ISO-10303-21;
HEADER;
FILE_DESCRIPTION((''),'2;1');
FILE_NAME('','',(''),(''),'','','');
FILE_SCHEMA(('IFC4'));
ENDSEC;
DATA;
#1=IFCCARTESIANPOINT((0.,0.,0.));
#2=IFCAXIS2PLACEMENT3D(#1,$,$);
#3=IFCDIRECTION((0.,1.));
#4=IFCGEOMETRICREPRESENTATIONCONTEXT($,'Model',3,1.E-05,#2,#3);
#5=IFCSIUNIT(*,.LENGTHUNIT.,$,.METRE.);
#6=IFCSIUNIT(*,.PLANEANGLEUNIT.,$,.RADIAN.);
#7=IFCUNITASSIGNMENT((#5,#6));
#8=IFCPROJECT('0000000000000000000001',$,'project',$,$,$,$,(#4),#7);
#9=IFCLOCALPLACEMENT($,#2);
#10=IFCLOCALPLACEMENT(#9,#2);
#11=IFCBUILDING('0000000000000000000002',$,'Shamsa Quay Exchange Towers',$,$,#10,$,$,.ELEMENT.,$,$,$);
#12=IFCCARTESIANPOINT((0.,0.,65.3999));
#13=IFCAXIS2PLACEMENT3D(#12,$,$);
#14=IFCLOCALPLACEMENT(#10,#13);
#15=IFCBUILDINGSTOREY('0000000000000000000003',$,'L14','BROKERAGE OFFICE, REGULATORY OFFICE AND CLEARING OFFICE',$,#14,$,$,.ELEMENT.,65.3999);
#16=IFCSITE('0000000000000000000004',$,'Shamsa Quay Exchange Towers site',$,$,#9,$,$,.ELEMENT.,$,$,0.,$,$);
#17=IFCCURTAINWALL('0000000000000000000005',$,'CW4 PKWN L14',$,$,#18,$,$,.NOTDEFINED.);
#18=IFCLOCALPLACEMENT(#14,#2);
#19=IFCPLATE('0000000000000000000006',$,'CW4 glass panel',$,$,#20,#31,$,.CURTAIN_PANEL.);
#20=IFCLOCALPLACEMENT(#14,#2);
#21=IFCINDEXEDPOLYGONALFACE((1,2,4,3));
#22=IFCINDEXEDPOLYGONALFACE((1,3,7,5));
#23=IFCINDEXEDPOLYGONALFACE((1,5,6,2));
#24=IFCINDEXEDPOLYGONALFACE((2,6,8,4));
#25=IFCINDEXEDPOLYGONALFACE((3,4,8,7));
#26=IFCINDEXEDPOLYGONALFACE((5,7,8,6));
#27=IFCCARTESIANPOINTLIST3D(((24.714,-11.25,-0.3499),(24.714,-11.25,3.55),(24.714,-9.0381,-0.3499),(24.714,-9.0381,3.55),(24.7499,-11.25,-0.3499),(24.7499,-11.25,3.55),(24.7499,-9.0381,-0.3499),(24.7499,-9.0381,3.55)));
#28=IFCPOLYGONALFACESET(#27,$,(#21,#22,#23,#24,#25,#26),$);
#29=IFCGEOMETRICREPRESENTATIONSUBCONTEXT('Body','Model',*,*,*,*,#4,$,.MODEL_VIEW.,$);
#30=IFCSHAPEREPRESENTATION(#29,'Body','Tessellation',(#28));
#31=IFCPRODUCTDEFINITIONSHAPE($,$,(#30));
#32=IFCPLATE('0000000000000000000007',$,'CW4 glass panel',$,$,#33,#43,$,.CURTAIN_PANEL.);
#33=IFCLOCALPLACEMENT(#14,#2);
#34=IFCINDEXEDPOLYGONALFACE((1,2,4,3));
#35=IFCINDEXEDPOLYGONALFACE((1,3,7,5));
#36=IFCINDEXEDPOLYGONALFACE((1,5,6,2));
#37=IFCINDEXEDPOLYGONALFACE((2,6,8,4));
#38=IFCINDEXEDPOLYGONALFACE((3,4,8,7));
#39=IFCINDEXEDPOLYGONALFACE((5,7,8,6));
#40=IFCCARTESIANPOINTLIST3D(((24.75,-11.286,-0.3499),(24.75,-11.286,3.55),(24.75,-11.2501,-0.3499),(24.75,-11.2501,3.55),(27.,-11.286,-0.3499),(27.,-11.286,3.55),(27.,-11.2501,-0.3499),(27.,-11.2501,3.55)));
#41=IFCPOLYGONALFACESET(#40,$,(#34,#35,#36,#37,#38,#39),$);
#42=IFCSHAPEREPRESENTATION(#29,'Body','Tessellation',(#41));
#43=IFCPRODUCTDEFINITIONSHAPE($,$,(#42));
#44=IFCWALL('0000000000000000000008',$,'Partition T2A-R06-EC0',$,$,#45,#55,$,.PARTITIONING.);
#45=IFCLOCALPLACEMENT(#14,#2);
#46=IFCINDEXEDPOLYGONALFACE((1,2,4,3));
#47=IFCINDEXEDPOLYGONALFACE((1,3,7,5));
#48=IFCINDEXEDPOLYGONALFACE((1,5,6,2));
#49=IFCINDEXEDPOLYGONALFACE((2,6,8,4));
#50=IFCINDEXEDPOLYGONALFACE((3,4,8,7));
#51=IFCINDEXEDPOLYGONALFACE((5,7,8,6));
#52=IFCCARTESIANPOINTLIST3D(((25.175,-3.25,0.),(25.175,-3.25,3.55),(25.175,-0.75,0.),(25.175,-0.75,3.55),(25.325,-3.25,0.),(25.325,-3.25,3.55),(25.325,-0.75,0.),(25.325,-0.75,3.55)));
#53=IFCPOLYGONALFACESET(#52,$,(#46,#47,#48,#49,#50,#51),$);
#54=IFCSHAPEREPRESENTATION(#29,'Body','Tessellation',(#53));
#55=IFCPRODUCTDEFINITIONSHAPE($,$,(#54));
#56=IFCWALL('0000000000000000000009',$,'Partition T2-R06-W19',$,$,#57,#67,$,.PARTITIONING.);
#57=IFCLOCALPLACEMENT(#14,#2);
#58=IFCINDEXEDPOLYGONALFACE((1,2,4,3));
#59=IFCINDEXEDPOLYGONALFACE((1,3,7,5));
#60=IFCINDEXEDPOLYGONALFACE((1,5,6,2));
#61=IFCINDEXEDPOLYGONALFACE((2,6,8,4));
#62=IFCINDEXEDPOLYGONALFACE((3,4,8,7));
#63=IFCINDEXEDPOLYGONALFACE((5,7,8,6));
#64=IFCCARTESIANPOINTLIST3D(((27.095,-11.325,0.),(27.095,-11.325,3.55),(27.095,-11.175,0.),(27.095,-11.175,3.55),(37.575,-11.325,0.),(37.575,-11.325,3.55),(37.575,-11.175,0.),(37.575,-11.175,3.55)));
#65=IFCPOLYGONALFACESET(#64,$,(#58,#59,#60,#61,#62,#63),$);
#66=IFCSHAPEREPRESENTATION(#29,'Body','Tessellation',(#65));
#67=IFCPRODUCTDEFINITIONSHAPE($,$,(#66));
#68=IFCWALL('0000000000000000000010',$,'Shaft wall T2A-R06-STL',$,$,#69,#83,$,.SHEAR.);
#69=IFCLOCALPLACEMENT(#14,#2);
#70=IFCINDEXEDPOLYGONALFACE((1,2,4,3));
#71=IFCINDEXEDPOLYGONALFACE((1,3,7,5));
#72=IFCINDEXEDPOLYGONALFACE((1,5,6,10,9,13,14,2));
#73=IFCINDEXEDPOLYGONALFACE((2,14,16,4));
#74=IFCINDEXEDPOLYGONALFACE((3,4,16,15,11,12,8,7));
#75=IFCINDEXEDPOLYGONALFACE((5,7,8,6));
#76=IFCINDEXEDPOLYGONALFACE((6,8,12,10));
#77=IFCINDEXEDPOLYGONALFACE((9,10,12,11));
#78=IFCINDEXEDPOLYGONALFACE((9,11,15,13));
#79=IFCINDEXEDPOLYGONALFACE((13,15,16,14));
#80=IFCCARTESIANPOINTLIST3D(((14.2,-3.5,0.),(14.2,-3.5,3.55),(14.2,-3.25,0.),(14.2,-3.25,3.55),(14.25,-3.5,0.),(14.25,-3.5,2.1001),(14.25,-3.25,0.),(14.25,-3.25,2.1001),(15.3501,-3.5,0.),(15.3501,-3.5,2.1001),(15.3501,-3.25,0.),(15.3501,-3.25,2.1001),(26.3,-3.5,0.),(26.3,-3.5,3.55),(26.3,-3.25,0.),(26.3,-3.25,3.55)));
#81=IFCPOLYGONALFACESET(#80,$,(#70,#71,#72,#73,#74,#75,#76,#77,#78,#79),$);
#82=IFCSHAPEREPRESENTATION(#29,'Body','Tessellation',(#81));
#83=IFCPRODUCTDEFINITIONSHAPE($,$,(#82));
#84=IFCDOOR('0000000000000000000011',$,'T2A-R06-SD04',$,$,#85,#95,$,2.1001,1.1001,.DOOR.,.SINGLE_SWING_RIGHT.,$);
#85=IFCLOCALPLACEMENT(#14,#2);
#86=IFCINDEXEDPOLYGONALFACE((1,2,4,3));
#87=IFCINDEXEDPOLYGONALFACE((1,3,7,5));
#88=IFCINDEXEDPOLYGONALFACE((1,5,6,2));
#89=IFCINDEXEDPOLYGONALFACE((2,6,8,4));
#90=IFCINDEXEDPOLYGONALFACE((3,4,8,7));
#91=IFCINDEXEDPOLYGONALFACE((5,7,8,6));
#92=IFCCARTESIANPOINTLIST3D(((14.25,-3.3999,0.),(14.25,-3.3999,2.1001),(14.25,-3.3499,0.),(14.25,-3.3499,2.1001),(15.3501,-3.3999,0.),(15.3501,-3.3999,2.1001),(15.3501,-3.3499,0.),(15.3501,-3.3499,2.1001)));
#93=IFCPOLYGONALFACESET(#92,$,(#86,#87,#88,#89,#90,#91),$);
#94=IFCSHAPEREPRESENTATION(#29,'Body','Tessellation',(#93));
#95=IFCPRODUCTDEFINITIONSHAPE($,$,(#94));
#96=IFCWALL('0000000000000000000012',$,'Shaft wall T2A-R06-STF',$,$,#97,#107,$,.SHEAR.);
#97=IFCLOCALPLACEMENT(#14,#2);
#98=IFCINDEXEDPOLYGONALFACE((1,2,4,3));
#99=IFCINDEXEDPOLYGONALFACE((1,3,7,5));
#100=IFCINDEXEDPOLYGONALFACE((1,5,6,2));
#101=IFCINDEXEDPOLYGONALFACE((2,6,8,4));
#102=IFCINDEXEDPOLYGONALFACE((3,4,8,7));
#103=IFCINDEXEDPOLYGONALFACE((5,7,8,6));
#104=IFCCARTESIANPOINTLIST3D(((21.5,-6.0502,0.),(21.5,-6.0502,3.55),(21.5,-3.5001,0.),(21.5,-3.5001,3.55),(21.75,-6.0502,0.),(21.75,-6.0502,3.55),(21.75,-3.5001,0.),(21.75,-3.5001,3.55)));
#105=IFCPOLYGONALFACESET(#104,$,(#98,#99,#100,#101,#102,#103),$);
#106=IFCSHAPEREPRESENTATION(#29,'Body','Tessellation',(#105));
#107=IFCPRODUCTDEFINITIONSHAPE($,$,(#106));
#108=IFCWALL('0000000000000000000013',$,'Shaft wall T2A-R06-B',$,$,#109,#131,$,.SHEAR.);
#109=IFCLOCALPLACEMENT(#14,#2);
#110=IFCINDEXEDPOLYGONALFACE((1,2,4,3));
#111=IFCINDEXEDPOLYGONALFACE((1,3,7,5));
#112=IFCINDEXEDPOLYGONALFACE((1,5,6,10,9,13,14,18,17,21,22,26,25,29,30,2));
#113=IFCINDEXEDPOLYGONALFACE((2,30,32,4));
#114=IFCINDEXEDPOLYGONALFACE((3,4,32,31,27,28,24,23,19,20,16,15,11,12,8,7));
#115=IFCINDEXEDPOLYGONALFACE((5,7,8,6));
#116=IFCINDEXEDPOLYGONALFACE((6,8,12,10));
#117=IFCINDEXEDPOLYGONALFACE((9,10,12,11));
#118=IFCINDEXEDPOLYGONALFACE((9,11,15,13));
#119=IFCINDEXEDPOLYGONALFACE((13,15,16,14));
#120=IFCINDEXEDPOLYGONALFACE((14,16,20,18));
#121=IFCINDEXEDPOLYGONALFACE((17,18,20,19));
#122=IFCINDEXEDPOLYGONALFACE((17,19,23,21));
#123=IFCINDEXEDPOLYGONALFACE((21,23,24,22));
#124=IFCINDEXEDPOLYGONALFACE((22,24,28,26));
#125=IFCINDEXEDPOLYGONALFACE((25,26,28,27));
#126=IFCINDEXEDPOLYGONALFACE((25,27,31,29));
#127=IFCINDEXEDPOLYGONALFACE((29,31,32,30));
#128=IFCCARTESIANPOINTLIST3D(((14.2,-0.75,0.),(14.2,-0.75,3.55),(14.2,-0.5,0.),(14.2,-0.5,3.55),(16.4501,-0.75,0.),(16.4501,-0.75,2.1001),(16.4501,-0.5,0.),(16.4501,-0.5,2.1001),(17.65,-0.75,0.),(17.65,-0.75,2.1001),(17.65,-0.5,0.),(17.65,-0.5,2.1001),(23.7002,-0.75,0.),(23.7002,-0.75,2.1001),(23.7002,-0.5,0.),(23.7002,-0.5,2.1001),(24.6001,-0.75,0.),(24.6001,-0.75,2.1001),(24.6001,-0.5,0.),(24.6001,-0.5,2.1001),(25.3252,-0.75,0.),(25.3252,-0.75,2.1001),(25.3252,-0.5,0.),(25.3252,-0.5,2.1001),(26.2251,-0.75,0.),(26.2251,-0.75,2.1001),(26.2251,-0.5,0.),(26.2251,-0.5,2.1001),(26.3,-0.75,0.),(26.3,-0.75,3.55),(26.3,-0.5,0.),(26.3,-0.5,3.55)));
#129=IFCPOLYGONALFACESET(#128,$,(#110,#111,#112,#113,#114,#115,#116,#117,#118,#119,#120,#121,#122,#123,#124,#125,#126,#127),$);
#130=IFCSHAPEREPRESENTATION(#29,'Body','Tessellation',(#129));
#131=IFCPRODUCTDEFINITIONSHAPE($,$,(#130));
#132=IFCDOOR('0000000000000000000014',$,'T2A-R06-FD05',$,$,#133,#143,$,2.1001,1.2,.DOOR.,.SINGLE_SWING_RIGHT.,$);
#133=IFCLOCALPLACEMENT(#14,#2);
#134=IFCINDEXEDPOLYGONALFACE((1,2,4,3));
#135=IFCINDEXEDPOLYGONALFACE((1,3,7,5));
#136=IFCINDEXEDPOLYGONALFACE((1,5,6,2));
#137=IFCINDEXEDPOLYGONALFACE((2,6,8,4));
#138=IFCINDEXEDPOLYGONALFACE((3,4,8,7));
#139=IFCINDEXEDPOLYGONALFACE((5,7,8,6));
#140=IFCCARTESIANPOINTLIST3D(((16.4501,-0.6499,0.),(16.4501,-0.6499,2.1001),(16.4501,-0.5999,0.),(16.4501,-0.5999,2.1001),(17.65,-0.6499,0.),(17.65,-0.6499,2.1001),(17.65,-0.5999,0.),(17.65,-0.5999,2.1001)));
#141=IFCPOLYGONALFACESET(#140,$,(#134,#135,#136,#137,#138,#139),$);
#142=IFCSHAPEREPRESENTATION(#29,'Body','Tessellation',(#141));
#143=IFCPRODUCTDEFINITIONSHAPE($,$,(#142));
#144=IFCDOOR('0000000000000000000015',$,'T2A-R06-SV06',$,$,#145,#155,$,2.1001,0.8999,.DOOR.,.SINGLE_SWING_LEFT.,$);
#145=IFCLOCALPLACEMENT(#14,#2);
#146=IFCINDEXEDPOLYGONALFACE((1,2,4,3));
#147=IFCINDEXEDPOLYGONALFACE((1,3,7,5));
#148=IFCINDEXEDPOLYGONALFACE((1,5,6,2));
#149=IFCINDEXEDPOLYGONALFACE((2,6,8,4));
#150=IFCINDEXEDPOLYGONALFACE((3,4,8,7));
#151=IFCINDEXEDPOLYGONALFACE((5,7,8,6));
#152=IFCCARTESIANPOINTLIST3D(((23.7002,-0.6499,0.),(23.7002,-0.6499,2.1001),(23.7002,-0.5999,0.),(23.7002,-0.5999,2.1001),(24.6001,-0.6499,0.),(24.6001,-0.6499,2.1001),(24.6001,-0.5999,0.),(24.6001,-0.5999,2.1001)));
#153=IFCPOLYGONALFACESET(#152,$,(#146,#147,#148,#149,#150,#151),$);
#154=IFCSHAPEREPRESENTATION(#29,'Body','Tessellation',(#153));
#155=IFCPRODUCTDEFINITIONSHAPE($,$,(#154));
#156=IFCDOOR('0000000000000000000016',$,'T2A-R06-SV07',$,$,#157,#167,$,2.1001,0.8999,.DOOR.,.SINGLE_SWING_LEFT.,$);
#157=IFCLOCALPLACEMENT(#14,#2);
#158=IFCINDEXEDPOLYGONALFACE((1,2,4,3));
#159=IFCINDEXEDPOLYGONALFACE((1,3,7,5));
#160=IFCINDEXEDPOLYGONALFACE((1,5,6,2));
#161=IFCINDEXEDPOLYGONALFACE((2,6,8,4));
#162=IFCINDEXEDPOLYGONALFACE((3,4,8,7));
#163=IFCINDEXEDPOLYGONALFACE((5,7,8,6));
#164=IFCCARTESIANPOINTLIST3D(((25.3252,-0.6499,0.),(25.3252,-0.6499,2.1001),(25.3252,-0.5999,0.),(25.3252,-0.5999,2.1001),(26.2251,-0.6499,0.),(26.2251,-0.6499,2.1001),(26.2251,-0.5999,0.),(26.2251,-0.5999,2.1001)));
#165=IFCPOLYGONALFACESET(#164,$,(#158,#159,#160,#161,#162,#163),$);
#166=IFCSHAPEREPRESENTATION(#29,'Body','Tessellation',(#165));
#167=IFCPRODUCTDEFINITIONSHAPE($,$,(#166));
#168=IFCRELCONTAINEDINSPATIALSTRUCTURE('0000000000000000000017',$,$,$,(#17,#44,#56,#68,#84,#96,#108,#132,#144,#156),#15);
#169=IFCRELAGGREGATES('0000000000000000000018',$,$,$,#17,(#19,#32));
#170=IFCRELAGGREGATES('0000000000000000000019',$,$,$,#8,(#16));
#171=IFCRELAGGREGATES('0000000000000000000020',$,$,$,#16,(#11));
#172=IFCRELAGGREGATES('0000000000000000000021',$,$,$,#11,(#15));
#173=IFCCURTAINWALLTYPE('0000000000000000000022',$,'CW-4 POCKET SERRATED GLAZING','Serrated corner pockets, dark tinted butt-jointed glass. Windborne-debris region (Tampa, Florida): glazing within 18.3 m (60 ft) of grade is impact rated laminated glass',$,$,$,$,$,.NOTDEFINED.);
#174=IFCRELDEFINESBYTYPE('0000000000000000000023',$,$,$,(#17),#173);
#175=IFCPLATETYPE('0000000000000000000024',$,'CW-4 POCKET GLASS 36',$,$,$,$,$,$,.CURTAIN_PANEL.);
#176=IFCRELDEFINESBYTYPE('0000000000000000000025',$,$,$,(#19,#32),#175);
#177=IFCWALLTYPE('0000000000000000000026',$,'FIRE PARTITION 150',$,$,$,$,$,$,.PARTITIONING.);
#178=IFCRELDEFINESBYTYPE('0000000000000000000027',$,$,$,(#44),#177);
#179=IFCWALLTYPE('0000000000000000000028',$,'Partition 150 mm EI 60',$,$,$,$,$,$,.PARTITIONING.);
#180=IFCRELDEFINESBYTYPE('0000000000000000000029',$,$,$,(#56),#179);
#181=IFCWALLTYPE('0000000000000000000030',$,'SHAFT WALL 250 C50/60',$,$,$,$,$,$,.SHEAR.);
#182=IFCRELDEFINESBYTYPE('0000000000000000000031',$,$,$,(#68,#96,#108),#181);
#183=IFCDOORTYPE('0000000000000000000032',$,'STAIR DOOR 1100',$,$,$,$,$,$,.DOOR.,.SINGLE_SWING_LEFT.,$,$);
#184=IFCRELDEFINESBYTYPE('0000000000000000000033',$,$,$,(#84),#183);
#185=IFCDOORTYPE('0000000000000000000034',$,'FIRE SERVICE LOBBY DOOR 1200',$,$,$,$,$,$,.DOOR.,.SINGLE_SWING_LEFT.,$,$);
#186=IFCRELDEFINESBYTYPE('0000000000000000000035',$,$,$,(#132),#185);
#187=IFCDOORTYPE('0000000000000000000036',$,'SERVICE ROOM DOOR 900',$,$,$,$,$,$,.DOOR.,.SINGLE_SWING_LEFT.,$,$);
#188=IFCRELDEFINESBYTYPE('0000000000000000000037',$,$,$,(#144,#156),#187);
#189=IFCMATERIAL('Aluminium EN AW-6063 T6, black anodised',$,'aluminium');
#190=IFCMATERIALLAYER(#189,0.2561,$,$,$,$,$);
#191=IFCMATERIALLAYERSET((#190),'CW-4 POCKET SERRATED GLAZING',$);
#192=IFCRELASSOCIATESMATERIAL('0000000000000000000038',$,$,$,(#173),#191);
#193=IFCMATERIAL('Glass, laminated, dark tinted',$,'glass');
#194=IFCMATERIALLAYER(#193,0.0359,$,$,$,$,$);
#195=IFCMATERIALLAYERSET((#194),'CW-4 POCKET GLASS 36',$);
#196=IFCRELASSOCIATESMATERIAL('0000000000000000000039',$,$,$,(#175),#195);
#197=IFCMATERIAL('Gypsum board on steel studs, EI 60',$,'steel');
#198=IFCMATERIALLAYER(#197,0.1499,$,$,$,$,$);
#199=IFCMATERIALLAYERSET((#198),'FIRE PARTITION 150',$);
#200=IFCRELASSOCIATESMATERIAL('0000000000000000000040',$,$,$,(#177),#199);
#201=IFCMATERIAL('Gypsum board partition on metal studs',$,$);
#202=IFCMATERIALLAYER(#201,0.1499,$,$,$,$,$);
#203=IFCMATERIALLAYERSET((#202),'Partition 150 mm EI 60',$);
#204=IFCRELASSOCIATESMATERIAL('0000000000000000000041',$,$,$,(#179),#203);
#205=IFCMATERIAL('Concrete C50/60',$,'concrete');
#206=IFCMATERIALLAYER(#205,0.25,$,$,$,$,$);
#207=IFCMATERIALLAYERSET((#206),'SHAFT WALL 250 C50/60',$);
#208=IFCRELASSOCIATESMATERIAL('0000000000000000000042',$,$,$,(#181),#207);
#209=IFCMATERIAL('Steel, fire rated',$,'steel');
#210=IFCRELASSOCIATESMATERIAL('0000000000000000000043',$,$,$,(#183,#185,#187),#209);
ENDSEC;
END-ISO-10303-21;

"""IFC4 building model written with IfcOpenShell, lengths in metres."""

from ifc_helpers import new_model, si_unit, direction, frame, frame_2d, origin, origin_2d, place, context, subcontext, project, spatial, rectangle, extrude, material, layer, layer_set, type_object, element, fill, aggregate, save


model = new_model("IFC4")

# Units and contexts
model_context = context("Model", 3, precision=1e-05, world=origin(), true_north=direction((0.0, 1.0)))
body_context = subcontext(model_context, "Body", "Model", "MODEL_VIEW")
ifc_project = project(units=[si_unit("LENGTHUNIT", "METRE"), si_unit("PLANEANGLEUNIT", "RADIAN")], contexts=[model_context])

# Site, building, storey
site_placement = place(None, origin())
site = spatial("IfcSite", under=ifc_project, at=site_placement, Name="Shamsa Quay Exchange Towers site", CompositionType="ELEMENT", RefElevation=0.0)
building_placement = place(site_placement, origin())
building = spatial("IfcBuilding", under=site, at=building_placement, Name="Shamsa Quay Exchange Towers", CompositionType="ELEMENT")
storey_placement = place(building_placement, frame((0.0, 0.0, 65.3999)))
storey = spatial("IfcBuildingStorey", under=building, at=storey_placement, Name="L14", Description="BROKERAGE OFFICE, REGULATORY OFFICE AND CLEARING OFFICE", CompositionType="ELEMENT", Elevation=65.3999)

# Shared definitions
ifc_material_1 = material(Name="Aluminium EN AW-6063 T6, black anodised", Category="aluminium")

# Shared definitions
ifc_material_2 = material(Name="Glass, laminated, dark tinted", Category="glass")

# Curtain wall, plates
ifc_layer_1 = layer(ifc_material_1, 0.2561)
ifc_layer_set_1 = layer_set([ifc_layer_1], Name="CW-4 POCKET SERRATED GLAZING")
curtain_wall_type_1 = type_object("IfcCurtainWallType", Name="CW-4 POCKET SERRATED GLAZING", Description="Serrated corner pockets, dark tinted butt-jointed glass. Windborne-debris region (Tampa, Florida): glazing within 18.3 m (60 ft) of grade is impact rated laminated glass", PredefinedType="NOTDEFINED", material=ifc_layer_set_1)
curtain_wall_1_placement = place(storey_placement, origin())
curtain_wall_1 = element("IfcCurtainWall", 1, at=curtain_wall_1_placement, inside=storey, type_object=curtain_wall_type_1, Name="CW4 PKWN L14", PredefinedType="NOTDEFINED")
ifc_layer_2 = layer(ifc_material_2, 0.0359)
ifc_layer_set_2 = layer_set([ifc_layer_2], Name="CW-4 POCKET GLASS 36")
plate_type_1 = type_object("IfcPlateType", Name="CW-4 POCKET GLASS 36", PredefinedType="CURTAIN_PANEL", material=ifc_layer_set_2)
plate_1_placement = place(storey_placement, frame((24.7319, -10.144, -0.3499), z_axis=(0.0, 0.0, 1.0), x_axis=(0.0, -1.0, 0.0)))
plate_1 = element("IfcPlate", 2, at=plate_1_placement, type_object=plate_type_1, Name="CW4 glass panel", PredefinedType="CURTAIN_PANEL", context=body_context, shape_type="SweptSolid", body=[
    extrude(rectangle(XDim=2.2119, YDim=0.0359, at=origin_2d()), origin(), (0.0, 0.0, 1.0), 3.8999),
])
plate_2_placement = place(storey_placement, frame((25.875, -11.2681, -0.3499)))
plate_2 = element("IfcPlate", 3, at=plate_2_placement, type_object=plate_type_1, Name="CW4 glass panel", PredefinedType="CURTAIN_PANEL", context=body_context, shape_type="SweptSolid", body=[
    extrude(rectangle(XDim=2.25, YDim=0.0359, at=origin_2d()), origin(), (0.0, 0.0, 1.0), 3.8999),
])
aggregate(curtain_wall_1, [plate_1, plate_2])

# Walls
ifc_material_3 = material(Name="Gypsum board on steel studs, EI 60", Category="steel")
ifc_layer_3 = layer(ifc_material_3, 0.1499)
ifc_layer_set_3 = layer_set([ifc_layer_3], Name="FIRE PARTITION 150")
wall_type_1 = type_object("IfcWallType", Name="FIRE PARTITION 150", PredefinedType="PARTITIONING", material=ifc_layer_set_3)
wall_1_placement = place(storey_placement, frame((25.25, -3.25, 0.0), z_axis=(0.0, 0.0, 1.0), x_axis=(0.0, 1.0, 0.0)))
element("IfcWall", 4, at=wall_1_placement, inside=storey, type_object=wall_type_1, Name="Partition T2A-R06-EC0", PredefinedType="PARTITIONING", context=body_context, shape_type="SweptSolid", body=[
    extrude(rectangle(XDim=2.5, YDim=0.1499, at=frame_2d((1.25, 0.0))), origin(), (0.0, 0.0, 1.0), 3.55),
])
ifc_material_4 = material(Name="Gypsum board partition on metal studs")
ifc_layer_4 = layer(ifc_material_4, 0.1499)
ifc_layer_set_4 = layer_set([ifc_layer_4], Name="Partition 150 mm EI 60")
wall_type_2 = type_object("IfcWallType", Name="Partition 150 mm EI 60", PredefinedType="PARTITIONING", material=ifc_layer_set_4)
wall_2_placement = place(storey_placement, frame((27.095, -11.25, 0.0)))
element("IfcWall", 5, at=wall_2_placement, inside=storey, type_object=wall_type_2, Name="Partition T2-R06-W19", PredefinedType="PARTITIONING", context=body_context, shape_type="SweptSolid", body=[
    extrude(rectangle(XDim=10.48, YDim=0.1499, at=frame_2d((5.24, 0.0))), origin(), (0.0, 0.0, 1.0), 3.55),
])

# Wall, opening, door
ifc_material_5 = material(Name="Concrete C50/60", Category="concrete")
ifc_layer_5 = layer(ifc_material_5, 0.25)
ifc_layer_set_5 = layer_set([ifc_layer_5], Name="SHAFT WALL 250 C50/60")
wall_type_3 = type_object("IfcWallType", Name="SHAFT WALL 250 C50/60", PredefinedType="SHEAR", material=ifc_layer_set_5)
wall_3_placement = place(storey_placement, frame((26.3, -3.375, 0.0), z_axis=(0.0, 0.0, 1.0), x_axis=(-1.0, 0.0, 0.0)))
wall_3 = element("IfcWall", 6, at=wall_3_placement, inside=storey, type_object=wall_type_3, Name="Shaft wall T2A-R06-STL", PredefinedType="SHEAR", context=body_context, shape_type="SweptSolid", body=[
    extrude(rectangle(XDim=12.1001, YDim=0.25, at=frame_2d((6.05, 0.0))), origin(), (0.0, 0.0, 1.0), 3.55),
])
opening_1_placement = place(wall_3_placement, frame((10.95, 0.0, 0.0)))
opening_1 = element("IfcOpeningElement", 7, at=opening_1_placement, cuts=wall_3, PredefinedType="OPENING", context=body_context, shape_type="SweptSolid", body=[
    extrude(rectangle(XDim=1.1001, YDim=2.1001, at=frame_2d((0.55, 1.05))), frame((0.0, 0.135, 0.0), z_axis=(0.0, -1.0, 0.0), x_axis=(1.0, 0.0, 0.0)), (0.0, 0.0, 1.0), 0.27),
])
ifc_material_6 = material(Name="Steel, fire rated", Category="steel")
door_type_1 = type_object("IfcDoorType", Name="STAIR DOOR 1100", OperationType="SINGLE_SWING_LEFT", PredefinedType="DOOR", material=ifc_material_6)
door_1_placement = place(opening_1_placement, origin())
door_1 = element("IfcDoor", 8, at=door_1_placement, inside=storey, type_object=door_type_1, Name="T2A-R06-SD04", OperationType="SINGLE_SWING_RIGHT", OverallHeight=2.1001, OverallWidth=1.1001, PredefinedType="DOOR", context=body_context, shape_type="SweptSolid", body=[
    extrude(rectangle(XDim=1.1001, YDim=2.1001, at=frame_2d((0.55, 1.05))), frame((0.0, 0.0249, 0.0), z_axis=(0.0, -1.0, 0.0), x_axis=(1.0, 0.0, 0.0)), (0.0, 0.0, 1.0), 0.05),
])
fill(opening_1, door_1)

# Wall
wall_4_placement = place(storey_placement, frame((21.625, -6.05, 0.0), z_axis=(0.0, 0.0, 1.0), x_axis=(0.0, 1.0, 0.0)))
element("IfcWall", 9, at=wall_4_placement, inside=storey, type_object=wall_type_3, Name="Shaft wall T2A-R06-STF", PredefinedType="SHEAR", context=body_context, shape_type="SweptSolid", body=[
    extrude(rectangle(XDim=2.55, YDim=0.25, at=frame_2d((1.2749, 0.0))), origin(), (0.0, 0.0, 1.0), 3.55),
])

# Wall, openings, doors
wall_5_placement = place(storey_placement, frame((26.3, -0.625, 0.0), z_axis=(0.0, 0.0, 1.0), x_axis=(-1.0, 0.0, 0.0)))
wall_5 = element("IfcWall", 10, at=wall_5_placement, inside=storey, type_object=wall_type_3, Name="Shaft wall T2A-R06-B", PredefinedType="SHEAR", context=body_context, shape_type="SweptSolid", body=[
    extrude(rectangle(XDim=12.1001, YDim=0.25, at=frame_2d((6.05, 0.0))), origin(), (0.0, 0.0, 1.0), 3.55),
])
opening_2_placement = place(wall_5_placement, frame((8.6499, 0.0, 0.0)))
opening_2 = element("IfcOpeningElement", 11, at=opening_2_placement, cuts=wall_5, PredefinedType="OPENING", context=body_context, shape_type="SweptSolid", body=[
    extrude(rectangle(XDim=1.2, YDim=2.1001, at=frame_2d((0.6001, 1.05))), frame((0.0, 0.135, 0.0), z_axis=(0.0, -1.0, 0.0), x_axis=(1.0, 0.0, 0.0)), (0.0, 0.0, 1.0), 0.27),
])
opening_3_placement = place(wall_5_placement, frame((1.7, 0.0, 0.0)))
opening_3 = element("IfcOpeningElement", 12, at=opening_3_placement, cuts=wall_5, PredefinedType="OPENING", context=body_context, shape_type="SweptSolid", body=[
    extrude(rectangle(XDim=0.8999, YDim=2.1001, at=frame_2d((0.45, 1.05))), frame((0.0, 0.135, 0.0), z_axis=(0.0, -1.0, 0.0), x_axis=(1.0, 0.0, 0.0)), (0.0, 0.0, 1.0), 0.27),
])
opening_4_placement = place(wall_5_placement, frame((0.075, 0.0, 0.0)))
opening_4 = element("IfcOpeningElement", 13, at=opening_4_placement, cuts=wall_5, PredefinedType="OPENING", context=body_context, shape_type="SweptSolid", body=[
    extrude(rectangle(XDim=0.8999, YDim=2.1001, at=frame_2d((0.45, 1.05))), frame((0.0, 0.135, 0.0), z_axis=(0.0, -1.0, 0.0), x_axis=(1.0, 0.0, 0.0)), (0.0, 0.0, 1.0), 0.27),
])
door_type_2 = type_object("IfcDoorType", Name="FIRE SERVICE LOBBY DOOR 1200", OperationType="SINGLE_SWING_LEFT", PredefinedType="DOOR", material=ifc_material_6)
door_2_placement = place(opening_2_placement, origin())
door_2 = element("IfcDoor", 14, at=door_2_placement, inside=storey, type_object=door_type_2, Name="T2A-R06-FD05", OperationType="SINGLE_SWING_RIGHT", OverallHeight=2.1001, OverallWidth=1.2, PredefinedType="DOOR", context=body_context, shape_type="SweptSolid", body=[
    extrude(rectangle(XDim=1.2, YDim=2.1001, at=frame_2d((0.6001, 1.05))), frame((0.0, 0.0249, 0.0), z_axis=(0.0, -1.0, 0.0), x_axis=(1.0, 0.0, 0.0)), (0.0, 0.0, 1.0), 0.05),
])
fill(opening_2, door_2)
door_type_3 = type_object("IfcDoorType", Name="SERVICE ROOM DOOR 900", OperationType="SINGLE_SWING_LEFT", PredefinedType="DOOR", material=ifc_material_6)
door_3_placement = place(opening_3_placement, origin())
door_3 = element("IfcDoor", 15, at=door_3_placement, inside=storey, type_object=door_type_3, Name="T2A-R06-SV06", OperationType="SINGLE_SWING_LEFT", OverallHeight=2.1001, OverallWidth=0.8999, PredefinedType="DOOR", context=body_context, shape_type="SweptSolid", body=[
    extrude(rectangle(XDim=0.8999, YDim=2.1001, at=frame_2d((0.45, 1.05))), frame((0.0, 0.0249, 0.0), z_axis=(0.0, -1.0, 0.0), x_axis=(1.0, 0.0, 0.0)), (0.0, 0.0, 1.0), 0.05),
])
fill(opening_3, door_3)
door_4_placement = place(opening_4_placement, origin())
door_4 = element("IfcDoor", 16, at=door_4_placement, inside=storey, type_object=door_type_3, Name="T2A-R06-SV07", OperationType="SINGLE_SWING_LEFT", OverallHeight=2.1001, OverallWidth=0.8999, PredefinedType="DOOR", context=body_context, shape_type="SweptSolid", body=[
    extrude(rectangle(XDim=0.8999, YDim=2.1001, at=frame_2d((0.45, 1.05))), frame((0.0, 0.0249, 0.0), z_axis=(0.0, -1.0, 0.0), x_axis=(1.0, 0.0, 0.0)), (0.0, 0.0, 1.0), 0.05),
])
fill(opening_4, door_4)

save(model, "model.ifc")
